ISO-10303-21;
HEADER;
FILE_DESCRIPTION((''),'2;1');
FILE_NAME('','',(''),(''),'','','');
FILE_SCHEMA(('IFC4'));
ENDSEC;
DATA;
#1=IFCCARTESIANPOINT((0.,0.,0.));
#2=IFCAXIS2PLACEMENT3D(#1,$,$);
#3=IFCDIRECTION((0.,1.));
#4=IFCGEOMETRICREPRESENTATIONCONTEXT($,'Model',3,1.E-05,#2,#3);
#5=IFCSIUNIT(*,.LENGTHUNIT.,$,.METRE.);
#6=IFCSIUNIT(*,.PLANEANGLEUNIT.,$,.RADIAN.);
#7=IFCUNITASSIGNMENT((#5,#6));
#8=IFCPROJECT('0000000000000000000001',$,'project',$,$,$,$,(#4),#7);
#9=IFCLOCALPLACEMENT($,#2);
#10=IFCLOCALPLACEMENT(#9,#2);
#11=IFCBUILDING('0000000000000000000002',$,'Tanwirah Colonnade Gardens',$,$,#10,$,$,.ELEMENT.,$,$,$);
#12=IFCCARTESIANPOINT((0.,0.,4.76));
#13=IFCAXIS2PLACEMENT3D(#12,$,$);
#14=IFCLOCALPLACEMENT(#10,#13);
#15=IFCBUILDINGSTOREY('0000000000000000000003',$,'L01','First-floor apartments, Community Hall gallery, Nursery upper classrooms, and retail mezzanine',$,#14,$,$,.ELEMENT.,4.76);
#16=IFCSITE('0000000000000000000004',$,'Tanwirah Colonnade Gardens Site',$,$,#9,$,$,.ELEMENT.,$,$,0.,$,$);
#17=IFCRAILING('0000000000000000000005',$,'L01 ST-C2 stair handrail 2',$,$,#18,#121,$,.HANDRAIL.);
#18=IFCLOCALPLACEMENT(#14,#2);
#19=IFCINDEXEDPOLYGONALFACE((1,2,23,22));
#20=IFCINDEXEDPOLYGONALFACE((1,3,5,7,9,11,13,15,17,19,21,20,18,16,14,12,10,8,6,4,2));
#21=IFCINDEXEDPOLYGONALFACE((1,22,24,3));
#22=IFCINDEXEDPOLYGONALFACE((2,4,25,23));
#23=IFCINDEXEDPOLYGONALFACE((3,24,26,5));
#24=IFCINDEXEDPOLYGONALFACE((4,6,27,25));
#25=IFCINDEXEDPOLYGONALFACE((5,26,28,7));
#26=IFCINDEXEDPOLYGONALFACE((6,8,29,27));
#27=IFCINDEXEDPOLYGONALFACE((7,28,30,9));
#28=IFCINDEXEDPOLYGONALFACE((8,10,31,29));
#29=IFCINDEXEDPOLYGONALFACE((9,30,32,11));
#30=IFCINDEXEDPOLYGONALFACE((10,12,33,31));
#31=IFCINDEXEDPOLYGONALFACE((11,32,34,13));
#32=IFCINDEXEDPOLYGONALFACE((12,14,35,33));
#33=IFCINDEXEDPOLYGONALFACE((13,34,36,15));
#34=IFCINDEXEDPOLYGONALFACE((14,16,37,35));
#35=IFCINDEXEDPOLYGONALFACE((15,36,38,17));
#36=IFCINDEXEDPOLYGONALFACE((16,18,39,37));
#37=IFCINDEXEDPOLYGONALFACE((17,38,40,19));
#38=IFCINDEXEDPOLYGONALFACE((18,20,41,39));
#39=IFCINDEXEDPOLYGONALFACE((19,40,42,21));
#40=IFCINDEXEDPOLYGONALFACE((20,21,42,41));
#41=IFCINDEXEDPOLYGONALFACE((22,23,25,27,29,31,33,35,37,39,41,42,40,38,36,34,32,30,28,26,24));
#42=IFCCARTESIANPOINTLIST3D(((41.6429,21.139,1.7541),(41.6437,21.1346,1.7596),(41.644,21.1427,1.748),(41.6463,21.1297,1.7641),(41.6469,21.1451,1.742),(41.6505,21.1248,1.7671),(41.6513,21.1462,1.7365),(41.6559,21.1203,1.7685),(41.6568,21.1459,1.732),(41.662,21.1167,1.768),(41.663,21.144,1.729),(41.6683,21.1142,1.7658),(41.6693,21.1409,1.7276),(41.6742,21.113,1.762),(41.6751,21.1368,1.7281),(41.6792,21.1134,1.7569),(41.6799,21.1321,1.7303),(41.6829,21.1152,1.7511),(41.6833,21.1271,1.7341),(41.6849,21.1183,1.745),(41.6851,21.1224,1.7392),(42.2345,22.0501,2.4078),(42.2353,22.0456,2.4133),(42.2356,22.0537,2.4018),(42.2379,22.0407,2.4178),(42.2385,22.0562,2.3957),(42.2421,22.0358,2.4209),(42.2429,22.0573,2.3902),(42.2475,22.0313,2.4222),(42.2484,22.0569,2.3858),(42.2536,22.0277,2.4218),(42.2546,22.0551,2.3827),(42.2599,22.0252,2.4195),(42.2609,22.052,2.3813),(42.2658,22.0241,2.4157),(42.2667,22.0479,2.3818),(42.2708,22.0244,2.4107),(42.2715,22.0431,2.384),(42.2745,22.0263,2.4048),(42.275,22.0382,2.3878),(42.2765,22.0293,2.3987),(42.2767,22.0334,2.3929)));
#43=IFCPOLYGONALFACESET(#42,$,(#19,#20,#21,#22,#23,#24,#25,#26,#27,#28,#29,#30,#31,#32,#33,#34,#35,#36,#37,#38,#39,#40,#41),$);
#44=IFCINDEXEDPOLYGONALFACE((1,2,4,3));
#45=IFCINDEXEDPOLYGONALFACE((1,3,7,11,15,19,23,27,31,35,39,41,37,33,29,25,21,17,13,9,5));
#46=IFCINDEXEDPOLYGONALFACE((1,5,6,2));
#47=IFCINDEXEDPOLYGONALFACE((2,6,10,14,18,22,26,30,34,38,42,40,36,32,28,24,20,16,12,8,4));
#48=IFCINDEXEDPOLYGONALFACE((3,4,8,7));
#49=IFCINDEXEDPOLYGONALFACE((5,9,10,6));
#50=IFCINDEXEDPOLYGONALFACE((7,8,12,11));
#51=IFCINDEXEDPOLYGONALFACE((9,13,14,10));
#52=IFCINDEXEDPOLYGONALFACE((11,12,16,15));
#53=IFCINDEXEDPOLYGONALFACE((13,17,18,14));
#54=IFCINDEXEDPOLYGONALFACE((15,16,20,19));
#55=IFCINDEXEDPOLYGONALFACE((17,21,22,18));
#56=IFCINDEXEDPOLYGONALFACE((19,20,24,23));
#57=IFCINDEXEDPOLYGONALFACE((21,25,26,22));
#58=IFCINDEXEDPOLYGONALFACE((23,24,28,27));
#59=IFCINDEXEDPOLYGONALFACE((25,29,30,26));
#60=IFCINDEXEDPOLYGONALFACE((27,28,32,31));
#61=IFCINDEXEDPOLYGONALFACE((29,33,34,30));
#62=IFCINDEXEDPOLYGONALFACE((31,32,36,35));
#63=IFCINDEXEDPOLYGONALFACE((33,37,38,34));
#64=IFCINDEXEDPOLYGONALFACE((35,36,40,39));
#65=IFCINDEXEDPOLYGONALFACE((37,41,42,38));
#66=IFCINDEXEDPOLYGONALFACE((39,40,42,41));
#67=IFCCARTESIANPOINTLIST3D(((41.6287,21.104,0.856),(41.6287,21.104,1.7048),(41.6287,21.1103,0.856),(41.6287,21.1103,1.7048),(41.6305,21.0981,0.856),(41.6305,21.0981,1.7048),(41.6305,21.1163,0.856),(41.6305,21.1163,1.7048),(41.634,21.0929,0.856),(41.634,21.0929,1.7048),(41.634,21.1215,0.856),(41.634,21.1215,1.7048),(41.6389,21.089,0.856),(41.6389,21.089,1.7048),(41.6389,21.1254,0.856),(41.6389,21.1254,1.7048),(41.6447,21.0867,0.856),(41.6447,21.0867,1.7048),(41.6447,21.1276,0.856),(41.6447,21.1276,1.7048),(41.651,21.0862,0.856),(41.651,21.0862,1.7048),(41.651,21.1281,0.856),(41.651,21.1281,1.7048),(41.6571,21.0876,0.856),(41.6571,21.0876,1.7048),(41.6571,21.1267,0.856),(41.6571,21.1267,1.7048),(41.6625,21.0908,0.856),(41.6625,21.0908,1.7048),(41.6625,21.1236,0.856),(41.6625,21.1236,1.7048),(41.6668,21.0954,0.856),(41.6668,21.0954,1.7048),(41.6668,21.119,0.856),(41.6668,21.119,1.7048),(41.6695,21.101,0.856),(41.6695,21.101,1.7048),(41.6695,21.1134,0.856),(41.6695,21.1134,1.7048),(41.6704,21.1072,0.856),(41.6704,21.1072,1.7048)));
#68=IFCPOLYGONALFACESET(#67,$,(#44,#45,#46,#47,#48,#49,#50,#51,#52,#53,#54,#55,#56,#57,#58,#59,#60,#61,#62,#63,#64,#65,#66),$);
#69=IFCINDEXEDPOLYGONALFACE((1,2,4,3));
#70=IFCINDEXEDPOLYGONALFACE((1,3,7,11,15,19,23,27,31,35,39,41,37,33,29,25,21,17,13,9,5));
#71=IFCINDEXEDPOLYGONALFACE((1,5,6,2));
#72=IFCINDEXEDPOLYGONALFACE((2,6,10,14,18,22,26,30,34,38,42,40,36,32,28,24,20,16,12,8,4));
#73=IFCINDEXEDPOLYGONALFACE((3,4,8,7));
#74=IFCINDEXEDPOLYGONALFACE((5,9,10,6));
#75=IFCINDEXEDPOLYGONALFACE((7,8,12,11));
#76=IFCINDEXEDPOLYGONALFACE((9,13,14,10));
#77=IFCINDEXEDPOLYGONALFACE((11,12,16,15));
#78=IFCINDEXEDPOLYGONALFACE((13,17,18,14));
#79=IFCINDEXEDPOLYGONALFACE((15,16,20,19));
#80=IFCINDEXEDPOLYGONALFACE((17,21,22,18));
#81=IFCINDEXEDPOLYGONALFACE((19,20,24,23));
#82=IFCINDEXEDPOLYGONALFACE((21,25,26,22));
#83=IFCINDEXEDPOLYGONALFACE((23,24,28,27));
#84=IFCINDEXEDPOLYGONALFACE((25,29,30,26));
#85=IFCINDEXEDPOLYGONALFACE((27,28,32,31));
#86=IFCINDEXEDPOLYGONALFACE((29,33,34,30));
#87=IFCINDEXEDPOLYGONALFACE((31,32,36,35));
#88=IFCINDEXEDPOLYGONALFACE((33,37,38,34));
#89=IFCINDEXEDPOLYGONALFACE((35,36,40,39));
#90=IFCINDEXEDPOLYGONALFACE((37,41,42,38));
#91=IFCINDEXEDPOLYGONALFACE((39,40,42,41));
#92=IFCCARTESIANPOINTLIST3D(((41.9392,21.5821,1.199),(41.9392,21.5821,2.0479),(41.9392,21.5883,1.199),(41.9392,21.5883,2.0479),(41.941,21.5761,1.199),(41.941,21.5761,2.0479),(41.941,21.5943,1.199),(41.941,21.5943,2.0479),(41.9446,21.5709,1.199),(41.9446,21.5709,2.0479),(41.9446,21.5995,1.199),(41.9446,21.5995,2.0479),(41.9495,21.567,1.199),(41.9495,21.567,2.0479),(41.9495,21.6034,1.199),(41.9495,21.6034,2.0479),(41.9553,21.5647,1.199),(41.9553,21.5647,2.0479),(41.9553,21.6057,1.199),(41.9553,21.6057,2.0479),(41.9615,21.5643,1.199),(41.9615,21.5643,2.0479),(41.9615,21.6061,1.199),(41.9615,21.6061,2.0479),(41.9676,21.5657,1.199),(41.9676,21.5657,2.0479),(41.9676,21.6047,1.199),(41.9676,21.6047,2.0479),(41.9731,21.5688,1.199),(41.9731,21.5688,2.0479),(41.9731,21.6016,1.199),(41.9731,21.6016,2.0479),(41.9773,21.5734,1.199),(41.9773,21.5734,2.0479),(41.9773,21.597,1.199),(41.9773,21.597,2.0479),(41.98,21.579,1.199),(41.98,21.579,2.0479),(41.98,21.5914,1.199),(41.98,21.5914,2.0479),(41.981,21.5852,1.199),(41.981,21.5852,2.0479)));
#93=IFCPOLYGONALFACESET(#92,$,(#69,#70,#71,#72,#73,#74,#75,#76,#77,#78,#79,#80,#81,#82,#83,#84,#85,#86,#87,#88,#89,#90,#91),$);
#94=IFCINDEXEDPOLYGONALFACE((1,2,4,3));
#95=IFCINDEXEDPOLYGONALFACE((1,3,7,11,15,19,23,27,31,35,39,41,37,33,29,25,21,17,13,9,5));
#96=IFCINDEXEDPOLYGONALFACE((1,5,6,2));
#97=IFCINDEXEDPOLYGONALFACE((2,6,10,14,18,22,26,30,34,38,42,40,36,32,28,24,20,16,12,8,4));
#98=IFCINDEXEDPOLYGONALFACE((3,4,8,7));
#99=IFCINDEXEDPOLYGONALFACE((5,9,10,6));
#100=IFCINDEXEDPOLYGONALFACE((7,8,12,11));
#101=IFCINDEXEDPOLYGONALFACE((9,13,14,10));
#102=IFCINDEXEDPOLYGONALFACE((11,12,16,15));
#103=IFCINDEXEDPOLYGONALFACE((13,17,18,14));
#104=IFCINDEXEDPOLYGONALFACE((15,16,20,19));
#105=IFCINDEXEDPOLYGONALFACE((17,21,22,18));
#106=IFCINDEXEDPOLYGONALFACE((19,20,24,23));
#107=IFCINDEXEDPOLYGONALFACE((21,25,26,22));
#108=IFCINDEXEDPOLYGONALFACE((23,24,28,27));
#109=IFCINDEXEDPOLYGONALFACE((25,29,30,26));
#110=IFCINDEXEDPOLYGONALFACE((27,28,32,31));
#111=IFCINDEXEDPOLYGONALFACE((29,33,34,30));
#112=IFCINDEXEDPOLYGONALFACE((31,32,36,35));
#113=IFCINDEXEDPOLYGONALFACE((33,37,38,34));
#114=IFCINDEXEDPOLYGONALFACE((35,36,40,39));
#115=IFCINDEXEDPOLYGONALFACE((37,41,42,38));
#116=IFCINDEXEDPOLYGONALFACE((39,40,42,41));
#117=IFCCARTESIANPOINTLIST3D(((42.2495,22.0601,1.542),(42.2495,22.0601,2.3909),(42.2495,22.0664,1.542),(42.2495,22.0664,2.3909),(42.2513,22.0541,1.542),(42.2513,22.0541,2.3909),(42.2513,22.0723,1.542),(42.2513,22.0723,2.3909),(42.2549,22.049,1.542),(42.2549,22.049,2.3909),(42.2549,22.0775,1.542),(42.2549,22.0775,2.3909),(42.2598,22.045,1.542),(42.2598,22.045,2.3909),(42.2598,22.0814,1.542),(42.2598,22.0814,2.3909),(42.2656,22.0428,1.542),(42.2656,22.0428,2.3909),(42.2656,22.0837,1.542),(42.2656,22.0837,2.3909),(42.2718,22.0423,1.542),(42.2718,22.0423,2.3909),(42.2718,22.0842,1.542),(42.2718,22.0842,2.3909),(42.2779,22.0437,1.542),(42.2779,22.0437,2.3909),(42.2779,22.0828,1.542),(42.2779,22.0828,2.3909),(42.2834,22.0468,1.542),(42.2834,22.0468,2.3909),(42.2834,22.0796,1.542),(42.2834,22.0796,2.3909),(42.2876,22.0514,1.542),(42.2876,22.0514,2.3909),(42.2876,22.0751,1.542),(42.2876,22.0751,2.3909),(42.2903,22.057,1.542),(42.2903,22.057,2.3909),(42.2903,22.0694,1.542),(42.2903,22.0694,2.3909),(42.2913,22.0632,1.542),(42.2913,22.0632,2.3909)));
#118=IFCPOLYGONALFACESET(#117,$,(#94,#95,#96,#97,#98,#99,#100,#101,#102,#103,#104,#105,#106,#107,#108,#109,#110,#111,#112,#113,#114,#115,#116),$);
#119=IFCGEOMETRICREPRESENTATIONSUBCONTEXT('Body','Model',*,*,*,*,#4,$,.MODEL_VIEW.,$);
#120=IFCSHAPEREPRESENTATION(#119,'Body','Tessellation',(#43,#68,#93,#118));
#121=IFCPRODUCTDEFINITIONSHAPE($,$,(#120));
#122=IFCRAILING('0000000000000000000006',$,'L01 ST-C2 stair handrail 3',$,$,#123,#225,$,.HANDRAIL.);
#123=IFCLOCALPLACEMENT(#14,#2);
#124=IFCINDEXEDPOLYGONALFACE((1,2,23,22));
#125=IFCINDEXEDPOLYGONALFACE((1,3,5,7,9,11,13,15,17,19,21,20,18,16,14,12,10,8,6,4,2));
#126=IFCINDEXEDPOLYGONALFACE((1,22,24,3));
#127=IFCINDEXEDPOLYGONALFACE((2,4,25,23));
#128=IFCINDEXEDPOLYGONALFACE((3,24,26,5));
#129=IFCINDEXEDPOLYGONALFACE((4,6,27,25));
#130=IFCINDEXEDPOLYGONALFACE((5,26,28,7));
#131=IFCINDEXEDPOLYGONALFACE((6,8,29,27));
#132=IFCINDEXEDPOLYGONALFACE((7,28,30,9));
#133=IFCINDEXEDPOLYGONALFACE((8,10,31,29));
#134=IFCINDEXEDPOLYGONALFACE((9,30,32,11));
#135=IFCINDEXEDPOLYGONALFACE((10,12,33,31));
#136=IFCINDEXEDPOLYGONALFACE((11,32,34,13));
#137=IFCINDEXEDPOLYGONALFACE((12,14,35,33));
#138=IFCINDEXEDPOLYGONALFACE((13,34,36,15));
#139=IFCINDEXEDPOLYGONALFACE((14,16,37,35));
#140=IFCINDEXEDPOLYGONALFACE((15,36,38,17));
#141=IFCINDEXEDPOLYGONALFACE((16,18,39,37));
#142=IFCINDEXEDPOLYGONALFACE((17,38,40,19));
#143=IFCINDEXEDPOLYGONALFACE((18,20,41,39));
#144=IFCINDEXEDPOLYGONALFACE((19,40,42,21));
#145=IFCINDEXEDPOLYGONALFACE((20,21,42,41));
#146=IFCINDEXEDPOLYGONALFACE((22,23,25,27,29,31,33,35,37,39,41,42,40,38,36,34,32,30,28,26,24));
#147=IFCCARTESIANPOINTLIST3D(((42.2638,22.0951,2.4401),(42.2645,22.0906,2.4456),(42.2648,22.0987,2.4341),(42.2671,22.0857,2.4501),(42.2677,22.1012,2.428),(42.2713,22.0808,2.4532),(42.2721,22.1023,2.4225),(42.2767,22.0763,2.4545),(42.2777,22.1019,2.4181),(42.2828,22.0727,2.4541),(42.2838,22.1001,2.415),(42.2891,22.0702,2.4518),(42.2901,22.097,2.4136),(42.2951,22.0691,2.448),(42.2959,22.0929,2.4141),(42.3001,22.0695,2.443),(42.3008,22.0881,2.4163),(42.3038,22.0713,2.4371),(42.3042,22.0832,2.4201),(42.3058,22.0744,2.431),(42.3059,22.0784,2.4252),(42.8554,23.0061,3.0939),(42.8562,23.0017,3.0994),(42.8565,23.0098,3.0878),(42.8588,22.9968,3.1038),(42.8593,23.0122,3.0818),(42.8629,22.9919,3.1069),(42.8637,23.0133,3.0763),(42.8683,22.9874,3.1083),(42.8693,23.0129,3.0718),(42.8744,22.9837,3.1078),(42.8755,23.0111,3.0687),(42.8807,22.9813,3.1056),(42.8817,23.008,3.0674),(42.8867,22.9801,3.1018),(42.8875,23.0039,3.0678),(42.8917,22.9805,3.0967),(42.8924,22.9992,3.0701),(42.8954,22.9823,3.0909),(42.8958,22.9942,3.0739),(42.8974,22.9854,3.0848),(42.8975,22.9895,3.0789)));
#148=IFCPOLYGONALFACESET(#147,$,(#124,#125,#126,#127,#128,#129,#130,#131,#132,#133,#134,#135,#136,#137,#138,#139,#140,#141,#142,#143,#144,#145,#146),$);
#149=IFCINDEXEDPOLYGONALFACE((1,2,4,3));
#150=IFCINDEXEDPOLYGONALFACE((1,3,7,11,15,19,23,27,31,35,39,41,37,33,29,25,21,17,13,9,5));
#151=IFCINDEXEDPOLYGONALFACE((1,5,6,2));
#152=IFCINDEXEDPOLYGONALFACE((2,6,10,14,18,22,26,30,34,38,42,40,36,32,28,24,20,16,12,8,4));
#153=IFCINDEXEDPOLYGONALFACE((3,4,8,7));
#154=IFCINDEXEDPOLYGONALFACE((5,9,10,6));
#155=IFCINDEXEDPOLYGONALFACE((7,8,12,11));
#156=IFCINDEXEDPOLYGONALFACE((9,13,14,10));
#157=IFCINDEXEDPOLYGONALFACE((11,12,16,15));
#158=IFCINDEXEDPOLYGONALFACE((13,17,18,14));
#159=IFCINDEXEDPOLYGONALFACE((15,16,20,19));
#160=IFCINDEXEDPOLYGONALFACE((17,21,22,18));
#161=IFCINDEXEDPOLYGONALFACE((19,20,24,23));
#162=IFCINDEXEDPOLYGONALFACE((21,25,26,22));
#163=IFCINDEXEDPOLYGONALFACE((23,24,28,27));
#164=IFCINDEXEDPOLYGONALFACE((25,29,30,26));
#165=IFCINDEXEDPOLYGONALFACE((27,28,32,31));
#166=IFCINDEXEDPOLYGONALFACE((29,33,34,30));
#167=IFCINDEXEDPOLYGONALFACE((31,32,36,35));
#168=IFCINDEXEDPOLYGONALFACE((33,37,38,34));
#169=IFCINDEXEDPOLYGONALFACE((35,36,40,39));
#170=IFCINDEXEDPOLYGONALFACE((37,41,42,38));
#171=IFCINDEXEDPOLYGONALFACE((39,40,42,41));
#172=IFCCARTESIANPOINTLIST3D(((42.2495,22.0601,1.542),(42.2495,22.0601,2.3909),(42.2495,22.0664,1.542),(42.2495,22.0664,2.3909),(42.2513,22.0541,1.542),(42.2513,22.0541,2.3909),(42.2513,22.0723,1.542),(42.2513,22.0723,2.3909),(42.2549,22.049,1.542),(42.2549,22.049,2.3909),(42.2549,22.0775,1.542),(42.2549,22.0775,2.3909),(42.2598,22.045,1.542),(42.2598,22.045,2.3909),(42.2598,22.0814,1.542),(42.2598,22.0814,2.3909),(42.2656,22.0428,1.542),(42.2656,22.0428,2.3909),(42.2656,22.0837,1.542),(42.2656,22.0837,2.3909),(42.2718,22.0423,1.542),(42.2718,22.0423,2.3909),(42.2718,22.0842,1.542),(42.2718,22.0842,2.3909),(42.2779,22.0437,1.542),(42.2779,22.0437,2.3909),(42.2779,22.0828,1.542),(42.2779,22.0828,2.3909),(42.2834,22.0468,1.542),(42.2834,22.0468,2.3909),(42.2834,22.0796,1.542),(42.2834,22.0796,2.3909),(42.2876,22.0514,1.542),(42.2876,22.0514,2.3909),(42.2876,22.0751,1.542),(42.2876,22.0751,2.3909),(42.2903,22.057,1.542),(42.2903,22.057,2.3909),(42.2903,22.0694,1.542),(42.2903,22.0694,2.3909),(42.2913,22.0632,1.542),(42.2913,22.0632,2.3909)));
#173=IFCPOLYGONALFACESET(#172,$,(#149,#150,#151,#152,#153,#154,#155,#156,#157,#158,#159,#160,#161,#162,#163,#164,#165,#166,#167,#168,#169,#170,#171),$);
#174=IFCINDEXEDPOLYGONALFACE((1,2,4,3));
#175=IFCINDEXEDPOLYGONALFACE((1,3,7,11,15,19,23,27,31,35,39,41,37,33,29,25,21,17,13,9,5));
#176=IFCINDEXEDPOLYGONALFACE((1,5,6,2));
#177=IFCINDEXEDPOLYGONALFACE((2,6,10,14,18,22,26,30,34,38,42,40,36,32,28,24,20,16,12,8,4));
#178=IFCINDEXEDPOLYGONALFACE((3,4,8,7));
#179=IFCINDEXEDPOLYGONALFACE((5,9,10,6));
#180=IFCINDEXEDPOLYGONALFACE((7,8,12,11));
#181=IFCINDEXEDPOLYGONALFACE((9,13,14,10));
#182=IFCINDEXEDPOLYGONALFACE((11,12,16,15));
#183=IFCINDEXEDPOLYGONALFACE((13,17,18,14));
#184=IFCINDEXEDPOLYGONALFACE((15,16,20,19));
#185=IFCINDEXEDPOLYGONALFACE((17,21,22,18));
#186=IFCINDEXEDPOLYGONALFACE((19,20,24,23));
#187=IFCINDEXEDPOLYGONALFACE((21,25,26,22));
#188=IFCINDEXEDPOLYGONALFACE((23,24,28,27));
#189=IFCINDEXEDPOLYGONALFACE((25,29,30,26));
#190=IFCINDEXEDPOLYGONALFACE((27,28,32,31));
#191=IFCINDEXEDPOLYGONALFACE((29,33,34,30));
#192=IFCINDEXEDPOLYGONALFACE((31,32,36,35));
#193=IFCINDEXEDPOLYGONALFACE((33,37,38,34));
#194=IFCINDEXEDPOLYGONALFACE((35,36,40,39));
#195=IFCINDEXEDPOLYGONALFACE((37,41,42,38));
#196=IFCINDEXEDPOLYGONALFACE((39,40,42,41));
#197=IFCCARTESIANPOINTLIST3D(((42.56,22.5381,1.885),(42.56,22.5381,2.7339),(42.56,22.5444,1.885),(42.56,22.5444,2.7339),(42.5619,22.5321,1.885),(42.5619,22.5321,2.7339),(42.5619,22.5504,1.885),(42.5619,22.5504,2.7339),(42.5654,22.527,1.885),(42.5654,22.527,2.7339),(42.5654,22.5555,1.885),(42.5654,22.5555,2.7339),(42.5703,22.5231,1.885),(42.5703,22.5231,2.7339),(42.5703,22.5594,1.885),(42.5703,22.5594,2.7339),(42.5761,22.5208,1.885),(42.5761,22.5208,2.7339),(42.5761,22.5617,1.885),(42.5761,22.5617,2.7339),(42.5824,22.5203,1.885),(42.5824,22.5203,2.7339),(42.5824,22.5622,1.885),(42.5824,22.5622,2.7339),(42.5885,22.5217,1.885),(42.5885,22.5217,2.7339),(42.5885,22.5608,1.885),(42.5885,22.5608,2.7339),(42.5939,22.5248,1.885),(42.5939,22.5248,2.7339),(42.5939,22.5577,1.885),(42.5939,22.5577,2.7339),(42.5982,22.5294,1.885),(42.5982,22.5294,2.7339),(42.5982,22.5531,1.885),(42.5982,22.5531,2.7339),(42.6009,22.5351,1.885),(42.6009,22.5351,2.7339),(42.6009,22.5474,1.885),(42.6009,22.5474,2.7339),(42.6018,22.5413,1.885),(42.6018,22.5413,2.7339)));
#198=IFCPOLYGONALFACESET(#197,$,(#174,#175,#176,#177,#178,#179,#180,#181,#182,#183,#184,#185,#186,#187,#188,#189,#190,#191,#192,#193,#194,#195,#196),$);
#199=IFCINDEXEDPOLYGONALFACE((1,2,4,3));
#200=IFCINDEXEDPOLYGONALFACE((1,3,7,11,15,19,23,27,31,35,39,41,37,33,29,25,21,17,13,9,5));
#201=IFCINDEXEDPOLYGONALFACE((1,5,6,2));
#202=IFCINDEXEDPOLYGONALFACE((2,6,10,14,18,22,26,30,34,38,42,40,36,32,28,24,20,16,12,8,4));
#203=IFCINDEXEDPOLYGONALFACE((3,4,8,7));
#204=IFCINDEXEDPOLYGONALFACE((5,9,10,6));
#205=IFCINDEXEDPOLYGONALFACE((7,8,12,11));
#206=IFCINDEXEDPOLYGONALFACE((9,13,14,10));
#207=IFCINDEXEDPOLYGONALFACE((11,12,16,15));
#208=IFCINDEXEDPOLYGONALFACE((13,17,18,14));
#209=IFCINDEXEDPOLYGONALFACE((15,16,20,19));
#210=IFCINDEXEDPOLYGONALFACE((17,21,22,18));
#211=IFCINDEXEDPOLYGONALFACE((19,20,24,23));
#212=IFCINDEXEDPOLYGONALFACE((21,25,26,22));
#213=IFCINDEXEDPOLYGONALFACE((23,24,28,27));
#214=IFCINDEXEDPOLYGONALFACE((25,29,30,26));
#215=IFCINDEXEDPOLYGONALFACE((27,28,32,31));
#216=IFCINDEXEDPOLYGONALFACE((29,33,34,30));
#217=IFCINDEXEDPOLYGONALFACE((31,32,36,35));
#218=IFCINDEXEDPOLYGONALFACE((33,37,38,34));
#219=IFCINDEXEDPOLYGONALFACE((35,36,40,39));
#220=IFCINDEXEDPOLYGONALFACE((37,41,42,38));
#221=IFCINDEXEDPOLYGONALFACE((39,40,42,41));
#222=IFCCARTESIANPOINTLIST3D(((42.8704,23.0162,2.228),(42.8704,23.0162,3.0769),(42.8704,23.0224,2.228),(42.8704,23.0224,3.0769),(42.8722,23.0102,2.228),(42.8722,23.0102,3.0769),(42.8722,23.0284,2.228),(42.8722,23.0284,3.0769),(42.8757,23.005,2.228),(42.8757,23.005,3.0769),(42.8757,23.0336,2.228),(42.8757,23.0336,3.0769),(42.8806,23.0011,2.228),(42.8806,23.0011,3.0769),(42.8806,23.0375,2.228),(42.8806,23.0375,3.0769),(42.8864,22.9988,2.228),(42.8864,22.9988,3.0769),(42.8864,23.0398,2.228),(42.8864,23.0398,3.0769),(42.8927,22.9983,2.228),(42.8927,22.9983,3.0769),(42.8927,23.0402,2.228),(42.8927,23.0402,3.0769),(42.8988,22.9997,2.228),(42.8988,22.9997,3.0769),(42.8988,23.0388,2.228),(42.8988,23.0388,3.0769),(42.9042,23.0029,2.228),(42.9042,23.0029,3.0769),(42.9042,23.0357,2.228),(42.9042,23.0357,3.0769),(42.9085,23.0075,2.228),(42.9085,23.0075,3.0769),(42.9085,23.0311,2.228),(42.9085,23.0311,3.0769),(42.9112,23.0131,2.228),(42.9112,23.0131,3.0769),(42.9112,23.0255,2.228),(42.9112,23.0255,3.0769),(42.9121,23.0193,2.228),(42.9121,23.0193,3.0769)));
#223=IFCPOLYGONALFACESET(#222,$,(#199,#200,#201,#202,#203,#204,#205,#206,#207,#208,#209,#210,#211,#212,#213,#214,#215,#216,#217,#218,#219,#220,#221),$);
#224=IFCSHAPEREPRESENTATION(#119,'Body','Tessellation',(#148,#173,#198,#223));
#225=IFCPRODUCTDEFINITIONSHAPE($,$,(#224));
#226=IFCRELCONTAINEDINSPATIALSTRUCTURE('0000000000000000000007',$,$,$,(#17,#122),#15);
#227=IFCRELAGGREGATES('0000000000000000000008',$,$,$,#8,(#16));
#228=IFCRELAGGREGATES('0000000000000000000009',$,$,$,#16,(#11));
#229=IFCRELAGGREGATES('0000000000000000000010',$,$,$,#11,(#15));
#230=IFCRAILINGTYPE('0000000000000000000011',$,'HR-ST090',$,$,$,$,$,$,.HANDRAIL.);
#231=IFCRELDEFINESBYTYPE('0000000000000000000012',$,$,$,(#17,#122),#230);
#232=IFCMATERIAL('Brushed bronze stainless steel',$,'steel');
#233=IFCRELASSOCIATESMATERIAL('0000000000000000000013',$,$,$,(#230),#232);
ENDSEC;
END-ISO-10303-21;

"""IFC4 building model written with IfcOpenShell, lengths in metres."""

from ifc_helpers import new_model, si_unit, direction, frame, origin, origin_2d, place, context, subcontext, project, spatial, circle, extrude, material, type_object, element, save


model = new_model("IFC4")

# Units and contexts
model_context = context("Model", 3, precision=1e-05, world=origin(), true_north=direction((0.0, 1.0)))
body_context = subcontext(model_context, "Body", "Model", "MODEL_VIEW")
ifc_project = project(units=[si_unit("LENGTHUNIT", "METRE"), si_unit("PLANEANGLEUNIT", "RADIAN")], contexts=[model_context])

# Site, building, storey
site_placement = place(None, origin())
site = spatial("IfcSite", under=ifc_project, at=site_placement, Name="Tanwirah Colonnade Gardens Site", CompositionType="ELEMENT", RefElevation=0.0)
building_placement = place(site_placement, origin())
building = spatial("IfcBuilding", under=site, at=building_placement, Name="Tanwirah Colonnade Gardens", CompositionType="ELEMENT")
storey_placement = place(building_placement, frame((0.0, 0.0, 4.76)))
storey = spatial("IfcBuildingStorey", under=building, at=storey_placement, Name="L01", Description="First-floor apartments, Community Hall gallery, Nursery upper classrooms, and retail mezzanine", CompositionType="ELEMENT", Elevation=4.76)

# Railings
ifc_material_1 = material(Name="Brushed bronze stainless steel", Category="steel")
railing_type_1 = type_object("IfcRailingType", Name="HR-ST090", PredefinedType="HANDRAIL", material=ifc_material_1)
for number, where, name in (
    (1, (41.6494, 21.1072, 0.856), "L01 ST-C2 stair handrail 2"),
    (2, (42.2703, 22.0632, 1.542), "L01 ST-C2 stair handrail 3"),
):
    element("IfcRailing", number, at=place(storey_placement, frame(where)), inside=storey, type_object=railing_type_1, Name=name, PredefinedType="HANDRAIL", context=body_context, shape_type="SweptSolid", body=[
        extrude(circle(Radius=0.0239, at=origin_2d()), frame((0.0146, 0.0225, 0.8921), z_axis=(0.466641, 0.718586, 0.515635), x_axis=(-0.838678, 0.544627, 0.0)), (0.0, 0.0, 1.0), 1.2678),
        extrude(circle(Radius=0.021, at=origin_2d()), origin(), (0.0, 0.0, 1.0), 0.8489),
        extrude(circle(Radius=0.021, at=origin_2d()), frame((0.3105, 0.478, 0.343)), (0.0, 0.0, 1.0), 0.8489),
        extrude(circle(Radius=0.021, at=origin_2d()), frame((0.6208, 0.9561, 0.686)), (0.0, 0.0, 1.0), 0.8489),
    ])

save(model, "model.ifc")
